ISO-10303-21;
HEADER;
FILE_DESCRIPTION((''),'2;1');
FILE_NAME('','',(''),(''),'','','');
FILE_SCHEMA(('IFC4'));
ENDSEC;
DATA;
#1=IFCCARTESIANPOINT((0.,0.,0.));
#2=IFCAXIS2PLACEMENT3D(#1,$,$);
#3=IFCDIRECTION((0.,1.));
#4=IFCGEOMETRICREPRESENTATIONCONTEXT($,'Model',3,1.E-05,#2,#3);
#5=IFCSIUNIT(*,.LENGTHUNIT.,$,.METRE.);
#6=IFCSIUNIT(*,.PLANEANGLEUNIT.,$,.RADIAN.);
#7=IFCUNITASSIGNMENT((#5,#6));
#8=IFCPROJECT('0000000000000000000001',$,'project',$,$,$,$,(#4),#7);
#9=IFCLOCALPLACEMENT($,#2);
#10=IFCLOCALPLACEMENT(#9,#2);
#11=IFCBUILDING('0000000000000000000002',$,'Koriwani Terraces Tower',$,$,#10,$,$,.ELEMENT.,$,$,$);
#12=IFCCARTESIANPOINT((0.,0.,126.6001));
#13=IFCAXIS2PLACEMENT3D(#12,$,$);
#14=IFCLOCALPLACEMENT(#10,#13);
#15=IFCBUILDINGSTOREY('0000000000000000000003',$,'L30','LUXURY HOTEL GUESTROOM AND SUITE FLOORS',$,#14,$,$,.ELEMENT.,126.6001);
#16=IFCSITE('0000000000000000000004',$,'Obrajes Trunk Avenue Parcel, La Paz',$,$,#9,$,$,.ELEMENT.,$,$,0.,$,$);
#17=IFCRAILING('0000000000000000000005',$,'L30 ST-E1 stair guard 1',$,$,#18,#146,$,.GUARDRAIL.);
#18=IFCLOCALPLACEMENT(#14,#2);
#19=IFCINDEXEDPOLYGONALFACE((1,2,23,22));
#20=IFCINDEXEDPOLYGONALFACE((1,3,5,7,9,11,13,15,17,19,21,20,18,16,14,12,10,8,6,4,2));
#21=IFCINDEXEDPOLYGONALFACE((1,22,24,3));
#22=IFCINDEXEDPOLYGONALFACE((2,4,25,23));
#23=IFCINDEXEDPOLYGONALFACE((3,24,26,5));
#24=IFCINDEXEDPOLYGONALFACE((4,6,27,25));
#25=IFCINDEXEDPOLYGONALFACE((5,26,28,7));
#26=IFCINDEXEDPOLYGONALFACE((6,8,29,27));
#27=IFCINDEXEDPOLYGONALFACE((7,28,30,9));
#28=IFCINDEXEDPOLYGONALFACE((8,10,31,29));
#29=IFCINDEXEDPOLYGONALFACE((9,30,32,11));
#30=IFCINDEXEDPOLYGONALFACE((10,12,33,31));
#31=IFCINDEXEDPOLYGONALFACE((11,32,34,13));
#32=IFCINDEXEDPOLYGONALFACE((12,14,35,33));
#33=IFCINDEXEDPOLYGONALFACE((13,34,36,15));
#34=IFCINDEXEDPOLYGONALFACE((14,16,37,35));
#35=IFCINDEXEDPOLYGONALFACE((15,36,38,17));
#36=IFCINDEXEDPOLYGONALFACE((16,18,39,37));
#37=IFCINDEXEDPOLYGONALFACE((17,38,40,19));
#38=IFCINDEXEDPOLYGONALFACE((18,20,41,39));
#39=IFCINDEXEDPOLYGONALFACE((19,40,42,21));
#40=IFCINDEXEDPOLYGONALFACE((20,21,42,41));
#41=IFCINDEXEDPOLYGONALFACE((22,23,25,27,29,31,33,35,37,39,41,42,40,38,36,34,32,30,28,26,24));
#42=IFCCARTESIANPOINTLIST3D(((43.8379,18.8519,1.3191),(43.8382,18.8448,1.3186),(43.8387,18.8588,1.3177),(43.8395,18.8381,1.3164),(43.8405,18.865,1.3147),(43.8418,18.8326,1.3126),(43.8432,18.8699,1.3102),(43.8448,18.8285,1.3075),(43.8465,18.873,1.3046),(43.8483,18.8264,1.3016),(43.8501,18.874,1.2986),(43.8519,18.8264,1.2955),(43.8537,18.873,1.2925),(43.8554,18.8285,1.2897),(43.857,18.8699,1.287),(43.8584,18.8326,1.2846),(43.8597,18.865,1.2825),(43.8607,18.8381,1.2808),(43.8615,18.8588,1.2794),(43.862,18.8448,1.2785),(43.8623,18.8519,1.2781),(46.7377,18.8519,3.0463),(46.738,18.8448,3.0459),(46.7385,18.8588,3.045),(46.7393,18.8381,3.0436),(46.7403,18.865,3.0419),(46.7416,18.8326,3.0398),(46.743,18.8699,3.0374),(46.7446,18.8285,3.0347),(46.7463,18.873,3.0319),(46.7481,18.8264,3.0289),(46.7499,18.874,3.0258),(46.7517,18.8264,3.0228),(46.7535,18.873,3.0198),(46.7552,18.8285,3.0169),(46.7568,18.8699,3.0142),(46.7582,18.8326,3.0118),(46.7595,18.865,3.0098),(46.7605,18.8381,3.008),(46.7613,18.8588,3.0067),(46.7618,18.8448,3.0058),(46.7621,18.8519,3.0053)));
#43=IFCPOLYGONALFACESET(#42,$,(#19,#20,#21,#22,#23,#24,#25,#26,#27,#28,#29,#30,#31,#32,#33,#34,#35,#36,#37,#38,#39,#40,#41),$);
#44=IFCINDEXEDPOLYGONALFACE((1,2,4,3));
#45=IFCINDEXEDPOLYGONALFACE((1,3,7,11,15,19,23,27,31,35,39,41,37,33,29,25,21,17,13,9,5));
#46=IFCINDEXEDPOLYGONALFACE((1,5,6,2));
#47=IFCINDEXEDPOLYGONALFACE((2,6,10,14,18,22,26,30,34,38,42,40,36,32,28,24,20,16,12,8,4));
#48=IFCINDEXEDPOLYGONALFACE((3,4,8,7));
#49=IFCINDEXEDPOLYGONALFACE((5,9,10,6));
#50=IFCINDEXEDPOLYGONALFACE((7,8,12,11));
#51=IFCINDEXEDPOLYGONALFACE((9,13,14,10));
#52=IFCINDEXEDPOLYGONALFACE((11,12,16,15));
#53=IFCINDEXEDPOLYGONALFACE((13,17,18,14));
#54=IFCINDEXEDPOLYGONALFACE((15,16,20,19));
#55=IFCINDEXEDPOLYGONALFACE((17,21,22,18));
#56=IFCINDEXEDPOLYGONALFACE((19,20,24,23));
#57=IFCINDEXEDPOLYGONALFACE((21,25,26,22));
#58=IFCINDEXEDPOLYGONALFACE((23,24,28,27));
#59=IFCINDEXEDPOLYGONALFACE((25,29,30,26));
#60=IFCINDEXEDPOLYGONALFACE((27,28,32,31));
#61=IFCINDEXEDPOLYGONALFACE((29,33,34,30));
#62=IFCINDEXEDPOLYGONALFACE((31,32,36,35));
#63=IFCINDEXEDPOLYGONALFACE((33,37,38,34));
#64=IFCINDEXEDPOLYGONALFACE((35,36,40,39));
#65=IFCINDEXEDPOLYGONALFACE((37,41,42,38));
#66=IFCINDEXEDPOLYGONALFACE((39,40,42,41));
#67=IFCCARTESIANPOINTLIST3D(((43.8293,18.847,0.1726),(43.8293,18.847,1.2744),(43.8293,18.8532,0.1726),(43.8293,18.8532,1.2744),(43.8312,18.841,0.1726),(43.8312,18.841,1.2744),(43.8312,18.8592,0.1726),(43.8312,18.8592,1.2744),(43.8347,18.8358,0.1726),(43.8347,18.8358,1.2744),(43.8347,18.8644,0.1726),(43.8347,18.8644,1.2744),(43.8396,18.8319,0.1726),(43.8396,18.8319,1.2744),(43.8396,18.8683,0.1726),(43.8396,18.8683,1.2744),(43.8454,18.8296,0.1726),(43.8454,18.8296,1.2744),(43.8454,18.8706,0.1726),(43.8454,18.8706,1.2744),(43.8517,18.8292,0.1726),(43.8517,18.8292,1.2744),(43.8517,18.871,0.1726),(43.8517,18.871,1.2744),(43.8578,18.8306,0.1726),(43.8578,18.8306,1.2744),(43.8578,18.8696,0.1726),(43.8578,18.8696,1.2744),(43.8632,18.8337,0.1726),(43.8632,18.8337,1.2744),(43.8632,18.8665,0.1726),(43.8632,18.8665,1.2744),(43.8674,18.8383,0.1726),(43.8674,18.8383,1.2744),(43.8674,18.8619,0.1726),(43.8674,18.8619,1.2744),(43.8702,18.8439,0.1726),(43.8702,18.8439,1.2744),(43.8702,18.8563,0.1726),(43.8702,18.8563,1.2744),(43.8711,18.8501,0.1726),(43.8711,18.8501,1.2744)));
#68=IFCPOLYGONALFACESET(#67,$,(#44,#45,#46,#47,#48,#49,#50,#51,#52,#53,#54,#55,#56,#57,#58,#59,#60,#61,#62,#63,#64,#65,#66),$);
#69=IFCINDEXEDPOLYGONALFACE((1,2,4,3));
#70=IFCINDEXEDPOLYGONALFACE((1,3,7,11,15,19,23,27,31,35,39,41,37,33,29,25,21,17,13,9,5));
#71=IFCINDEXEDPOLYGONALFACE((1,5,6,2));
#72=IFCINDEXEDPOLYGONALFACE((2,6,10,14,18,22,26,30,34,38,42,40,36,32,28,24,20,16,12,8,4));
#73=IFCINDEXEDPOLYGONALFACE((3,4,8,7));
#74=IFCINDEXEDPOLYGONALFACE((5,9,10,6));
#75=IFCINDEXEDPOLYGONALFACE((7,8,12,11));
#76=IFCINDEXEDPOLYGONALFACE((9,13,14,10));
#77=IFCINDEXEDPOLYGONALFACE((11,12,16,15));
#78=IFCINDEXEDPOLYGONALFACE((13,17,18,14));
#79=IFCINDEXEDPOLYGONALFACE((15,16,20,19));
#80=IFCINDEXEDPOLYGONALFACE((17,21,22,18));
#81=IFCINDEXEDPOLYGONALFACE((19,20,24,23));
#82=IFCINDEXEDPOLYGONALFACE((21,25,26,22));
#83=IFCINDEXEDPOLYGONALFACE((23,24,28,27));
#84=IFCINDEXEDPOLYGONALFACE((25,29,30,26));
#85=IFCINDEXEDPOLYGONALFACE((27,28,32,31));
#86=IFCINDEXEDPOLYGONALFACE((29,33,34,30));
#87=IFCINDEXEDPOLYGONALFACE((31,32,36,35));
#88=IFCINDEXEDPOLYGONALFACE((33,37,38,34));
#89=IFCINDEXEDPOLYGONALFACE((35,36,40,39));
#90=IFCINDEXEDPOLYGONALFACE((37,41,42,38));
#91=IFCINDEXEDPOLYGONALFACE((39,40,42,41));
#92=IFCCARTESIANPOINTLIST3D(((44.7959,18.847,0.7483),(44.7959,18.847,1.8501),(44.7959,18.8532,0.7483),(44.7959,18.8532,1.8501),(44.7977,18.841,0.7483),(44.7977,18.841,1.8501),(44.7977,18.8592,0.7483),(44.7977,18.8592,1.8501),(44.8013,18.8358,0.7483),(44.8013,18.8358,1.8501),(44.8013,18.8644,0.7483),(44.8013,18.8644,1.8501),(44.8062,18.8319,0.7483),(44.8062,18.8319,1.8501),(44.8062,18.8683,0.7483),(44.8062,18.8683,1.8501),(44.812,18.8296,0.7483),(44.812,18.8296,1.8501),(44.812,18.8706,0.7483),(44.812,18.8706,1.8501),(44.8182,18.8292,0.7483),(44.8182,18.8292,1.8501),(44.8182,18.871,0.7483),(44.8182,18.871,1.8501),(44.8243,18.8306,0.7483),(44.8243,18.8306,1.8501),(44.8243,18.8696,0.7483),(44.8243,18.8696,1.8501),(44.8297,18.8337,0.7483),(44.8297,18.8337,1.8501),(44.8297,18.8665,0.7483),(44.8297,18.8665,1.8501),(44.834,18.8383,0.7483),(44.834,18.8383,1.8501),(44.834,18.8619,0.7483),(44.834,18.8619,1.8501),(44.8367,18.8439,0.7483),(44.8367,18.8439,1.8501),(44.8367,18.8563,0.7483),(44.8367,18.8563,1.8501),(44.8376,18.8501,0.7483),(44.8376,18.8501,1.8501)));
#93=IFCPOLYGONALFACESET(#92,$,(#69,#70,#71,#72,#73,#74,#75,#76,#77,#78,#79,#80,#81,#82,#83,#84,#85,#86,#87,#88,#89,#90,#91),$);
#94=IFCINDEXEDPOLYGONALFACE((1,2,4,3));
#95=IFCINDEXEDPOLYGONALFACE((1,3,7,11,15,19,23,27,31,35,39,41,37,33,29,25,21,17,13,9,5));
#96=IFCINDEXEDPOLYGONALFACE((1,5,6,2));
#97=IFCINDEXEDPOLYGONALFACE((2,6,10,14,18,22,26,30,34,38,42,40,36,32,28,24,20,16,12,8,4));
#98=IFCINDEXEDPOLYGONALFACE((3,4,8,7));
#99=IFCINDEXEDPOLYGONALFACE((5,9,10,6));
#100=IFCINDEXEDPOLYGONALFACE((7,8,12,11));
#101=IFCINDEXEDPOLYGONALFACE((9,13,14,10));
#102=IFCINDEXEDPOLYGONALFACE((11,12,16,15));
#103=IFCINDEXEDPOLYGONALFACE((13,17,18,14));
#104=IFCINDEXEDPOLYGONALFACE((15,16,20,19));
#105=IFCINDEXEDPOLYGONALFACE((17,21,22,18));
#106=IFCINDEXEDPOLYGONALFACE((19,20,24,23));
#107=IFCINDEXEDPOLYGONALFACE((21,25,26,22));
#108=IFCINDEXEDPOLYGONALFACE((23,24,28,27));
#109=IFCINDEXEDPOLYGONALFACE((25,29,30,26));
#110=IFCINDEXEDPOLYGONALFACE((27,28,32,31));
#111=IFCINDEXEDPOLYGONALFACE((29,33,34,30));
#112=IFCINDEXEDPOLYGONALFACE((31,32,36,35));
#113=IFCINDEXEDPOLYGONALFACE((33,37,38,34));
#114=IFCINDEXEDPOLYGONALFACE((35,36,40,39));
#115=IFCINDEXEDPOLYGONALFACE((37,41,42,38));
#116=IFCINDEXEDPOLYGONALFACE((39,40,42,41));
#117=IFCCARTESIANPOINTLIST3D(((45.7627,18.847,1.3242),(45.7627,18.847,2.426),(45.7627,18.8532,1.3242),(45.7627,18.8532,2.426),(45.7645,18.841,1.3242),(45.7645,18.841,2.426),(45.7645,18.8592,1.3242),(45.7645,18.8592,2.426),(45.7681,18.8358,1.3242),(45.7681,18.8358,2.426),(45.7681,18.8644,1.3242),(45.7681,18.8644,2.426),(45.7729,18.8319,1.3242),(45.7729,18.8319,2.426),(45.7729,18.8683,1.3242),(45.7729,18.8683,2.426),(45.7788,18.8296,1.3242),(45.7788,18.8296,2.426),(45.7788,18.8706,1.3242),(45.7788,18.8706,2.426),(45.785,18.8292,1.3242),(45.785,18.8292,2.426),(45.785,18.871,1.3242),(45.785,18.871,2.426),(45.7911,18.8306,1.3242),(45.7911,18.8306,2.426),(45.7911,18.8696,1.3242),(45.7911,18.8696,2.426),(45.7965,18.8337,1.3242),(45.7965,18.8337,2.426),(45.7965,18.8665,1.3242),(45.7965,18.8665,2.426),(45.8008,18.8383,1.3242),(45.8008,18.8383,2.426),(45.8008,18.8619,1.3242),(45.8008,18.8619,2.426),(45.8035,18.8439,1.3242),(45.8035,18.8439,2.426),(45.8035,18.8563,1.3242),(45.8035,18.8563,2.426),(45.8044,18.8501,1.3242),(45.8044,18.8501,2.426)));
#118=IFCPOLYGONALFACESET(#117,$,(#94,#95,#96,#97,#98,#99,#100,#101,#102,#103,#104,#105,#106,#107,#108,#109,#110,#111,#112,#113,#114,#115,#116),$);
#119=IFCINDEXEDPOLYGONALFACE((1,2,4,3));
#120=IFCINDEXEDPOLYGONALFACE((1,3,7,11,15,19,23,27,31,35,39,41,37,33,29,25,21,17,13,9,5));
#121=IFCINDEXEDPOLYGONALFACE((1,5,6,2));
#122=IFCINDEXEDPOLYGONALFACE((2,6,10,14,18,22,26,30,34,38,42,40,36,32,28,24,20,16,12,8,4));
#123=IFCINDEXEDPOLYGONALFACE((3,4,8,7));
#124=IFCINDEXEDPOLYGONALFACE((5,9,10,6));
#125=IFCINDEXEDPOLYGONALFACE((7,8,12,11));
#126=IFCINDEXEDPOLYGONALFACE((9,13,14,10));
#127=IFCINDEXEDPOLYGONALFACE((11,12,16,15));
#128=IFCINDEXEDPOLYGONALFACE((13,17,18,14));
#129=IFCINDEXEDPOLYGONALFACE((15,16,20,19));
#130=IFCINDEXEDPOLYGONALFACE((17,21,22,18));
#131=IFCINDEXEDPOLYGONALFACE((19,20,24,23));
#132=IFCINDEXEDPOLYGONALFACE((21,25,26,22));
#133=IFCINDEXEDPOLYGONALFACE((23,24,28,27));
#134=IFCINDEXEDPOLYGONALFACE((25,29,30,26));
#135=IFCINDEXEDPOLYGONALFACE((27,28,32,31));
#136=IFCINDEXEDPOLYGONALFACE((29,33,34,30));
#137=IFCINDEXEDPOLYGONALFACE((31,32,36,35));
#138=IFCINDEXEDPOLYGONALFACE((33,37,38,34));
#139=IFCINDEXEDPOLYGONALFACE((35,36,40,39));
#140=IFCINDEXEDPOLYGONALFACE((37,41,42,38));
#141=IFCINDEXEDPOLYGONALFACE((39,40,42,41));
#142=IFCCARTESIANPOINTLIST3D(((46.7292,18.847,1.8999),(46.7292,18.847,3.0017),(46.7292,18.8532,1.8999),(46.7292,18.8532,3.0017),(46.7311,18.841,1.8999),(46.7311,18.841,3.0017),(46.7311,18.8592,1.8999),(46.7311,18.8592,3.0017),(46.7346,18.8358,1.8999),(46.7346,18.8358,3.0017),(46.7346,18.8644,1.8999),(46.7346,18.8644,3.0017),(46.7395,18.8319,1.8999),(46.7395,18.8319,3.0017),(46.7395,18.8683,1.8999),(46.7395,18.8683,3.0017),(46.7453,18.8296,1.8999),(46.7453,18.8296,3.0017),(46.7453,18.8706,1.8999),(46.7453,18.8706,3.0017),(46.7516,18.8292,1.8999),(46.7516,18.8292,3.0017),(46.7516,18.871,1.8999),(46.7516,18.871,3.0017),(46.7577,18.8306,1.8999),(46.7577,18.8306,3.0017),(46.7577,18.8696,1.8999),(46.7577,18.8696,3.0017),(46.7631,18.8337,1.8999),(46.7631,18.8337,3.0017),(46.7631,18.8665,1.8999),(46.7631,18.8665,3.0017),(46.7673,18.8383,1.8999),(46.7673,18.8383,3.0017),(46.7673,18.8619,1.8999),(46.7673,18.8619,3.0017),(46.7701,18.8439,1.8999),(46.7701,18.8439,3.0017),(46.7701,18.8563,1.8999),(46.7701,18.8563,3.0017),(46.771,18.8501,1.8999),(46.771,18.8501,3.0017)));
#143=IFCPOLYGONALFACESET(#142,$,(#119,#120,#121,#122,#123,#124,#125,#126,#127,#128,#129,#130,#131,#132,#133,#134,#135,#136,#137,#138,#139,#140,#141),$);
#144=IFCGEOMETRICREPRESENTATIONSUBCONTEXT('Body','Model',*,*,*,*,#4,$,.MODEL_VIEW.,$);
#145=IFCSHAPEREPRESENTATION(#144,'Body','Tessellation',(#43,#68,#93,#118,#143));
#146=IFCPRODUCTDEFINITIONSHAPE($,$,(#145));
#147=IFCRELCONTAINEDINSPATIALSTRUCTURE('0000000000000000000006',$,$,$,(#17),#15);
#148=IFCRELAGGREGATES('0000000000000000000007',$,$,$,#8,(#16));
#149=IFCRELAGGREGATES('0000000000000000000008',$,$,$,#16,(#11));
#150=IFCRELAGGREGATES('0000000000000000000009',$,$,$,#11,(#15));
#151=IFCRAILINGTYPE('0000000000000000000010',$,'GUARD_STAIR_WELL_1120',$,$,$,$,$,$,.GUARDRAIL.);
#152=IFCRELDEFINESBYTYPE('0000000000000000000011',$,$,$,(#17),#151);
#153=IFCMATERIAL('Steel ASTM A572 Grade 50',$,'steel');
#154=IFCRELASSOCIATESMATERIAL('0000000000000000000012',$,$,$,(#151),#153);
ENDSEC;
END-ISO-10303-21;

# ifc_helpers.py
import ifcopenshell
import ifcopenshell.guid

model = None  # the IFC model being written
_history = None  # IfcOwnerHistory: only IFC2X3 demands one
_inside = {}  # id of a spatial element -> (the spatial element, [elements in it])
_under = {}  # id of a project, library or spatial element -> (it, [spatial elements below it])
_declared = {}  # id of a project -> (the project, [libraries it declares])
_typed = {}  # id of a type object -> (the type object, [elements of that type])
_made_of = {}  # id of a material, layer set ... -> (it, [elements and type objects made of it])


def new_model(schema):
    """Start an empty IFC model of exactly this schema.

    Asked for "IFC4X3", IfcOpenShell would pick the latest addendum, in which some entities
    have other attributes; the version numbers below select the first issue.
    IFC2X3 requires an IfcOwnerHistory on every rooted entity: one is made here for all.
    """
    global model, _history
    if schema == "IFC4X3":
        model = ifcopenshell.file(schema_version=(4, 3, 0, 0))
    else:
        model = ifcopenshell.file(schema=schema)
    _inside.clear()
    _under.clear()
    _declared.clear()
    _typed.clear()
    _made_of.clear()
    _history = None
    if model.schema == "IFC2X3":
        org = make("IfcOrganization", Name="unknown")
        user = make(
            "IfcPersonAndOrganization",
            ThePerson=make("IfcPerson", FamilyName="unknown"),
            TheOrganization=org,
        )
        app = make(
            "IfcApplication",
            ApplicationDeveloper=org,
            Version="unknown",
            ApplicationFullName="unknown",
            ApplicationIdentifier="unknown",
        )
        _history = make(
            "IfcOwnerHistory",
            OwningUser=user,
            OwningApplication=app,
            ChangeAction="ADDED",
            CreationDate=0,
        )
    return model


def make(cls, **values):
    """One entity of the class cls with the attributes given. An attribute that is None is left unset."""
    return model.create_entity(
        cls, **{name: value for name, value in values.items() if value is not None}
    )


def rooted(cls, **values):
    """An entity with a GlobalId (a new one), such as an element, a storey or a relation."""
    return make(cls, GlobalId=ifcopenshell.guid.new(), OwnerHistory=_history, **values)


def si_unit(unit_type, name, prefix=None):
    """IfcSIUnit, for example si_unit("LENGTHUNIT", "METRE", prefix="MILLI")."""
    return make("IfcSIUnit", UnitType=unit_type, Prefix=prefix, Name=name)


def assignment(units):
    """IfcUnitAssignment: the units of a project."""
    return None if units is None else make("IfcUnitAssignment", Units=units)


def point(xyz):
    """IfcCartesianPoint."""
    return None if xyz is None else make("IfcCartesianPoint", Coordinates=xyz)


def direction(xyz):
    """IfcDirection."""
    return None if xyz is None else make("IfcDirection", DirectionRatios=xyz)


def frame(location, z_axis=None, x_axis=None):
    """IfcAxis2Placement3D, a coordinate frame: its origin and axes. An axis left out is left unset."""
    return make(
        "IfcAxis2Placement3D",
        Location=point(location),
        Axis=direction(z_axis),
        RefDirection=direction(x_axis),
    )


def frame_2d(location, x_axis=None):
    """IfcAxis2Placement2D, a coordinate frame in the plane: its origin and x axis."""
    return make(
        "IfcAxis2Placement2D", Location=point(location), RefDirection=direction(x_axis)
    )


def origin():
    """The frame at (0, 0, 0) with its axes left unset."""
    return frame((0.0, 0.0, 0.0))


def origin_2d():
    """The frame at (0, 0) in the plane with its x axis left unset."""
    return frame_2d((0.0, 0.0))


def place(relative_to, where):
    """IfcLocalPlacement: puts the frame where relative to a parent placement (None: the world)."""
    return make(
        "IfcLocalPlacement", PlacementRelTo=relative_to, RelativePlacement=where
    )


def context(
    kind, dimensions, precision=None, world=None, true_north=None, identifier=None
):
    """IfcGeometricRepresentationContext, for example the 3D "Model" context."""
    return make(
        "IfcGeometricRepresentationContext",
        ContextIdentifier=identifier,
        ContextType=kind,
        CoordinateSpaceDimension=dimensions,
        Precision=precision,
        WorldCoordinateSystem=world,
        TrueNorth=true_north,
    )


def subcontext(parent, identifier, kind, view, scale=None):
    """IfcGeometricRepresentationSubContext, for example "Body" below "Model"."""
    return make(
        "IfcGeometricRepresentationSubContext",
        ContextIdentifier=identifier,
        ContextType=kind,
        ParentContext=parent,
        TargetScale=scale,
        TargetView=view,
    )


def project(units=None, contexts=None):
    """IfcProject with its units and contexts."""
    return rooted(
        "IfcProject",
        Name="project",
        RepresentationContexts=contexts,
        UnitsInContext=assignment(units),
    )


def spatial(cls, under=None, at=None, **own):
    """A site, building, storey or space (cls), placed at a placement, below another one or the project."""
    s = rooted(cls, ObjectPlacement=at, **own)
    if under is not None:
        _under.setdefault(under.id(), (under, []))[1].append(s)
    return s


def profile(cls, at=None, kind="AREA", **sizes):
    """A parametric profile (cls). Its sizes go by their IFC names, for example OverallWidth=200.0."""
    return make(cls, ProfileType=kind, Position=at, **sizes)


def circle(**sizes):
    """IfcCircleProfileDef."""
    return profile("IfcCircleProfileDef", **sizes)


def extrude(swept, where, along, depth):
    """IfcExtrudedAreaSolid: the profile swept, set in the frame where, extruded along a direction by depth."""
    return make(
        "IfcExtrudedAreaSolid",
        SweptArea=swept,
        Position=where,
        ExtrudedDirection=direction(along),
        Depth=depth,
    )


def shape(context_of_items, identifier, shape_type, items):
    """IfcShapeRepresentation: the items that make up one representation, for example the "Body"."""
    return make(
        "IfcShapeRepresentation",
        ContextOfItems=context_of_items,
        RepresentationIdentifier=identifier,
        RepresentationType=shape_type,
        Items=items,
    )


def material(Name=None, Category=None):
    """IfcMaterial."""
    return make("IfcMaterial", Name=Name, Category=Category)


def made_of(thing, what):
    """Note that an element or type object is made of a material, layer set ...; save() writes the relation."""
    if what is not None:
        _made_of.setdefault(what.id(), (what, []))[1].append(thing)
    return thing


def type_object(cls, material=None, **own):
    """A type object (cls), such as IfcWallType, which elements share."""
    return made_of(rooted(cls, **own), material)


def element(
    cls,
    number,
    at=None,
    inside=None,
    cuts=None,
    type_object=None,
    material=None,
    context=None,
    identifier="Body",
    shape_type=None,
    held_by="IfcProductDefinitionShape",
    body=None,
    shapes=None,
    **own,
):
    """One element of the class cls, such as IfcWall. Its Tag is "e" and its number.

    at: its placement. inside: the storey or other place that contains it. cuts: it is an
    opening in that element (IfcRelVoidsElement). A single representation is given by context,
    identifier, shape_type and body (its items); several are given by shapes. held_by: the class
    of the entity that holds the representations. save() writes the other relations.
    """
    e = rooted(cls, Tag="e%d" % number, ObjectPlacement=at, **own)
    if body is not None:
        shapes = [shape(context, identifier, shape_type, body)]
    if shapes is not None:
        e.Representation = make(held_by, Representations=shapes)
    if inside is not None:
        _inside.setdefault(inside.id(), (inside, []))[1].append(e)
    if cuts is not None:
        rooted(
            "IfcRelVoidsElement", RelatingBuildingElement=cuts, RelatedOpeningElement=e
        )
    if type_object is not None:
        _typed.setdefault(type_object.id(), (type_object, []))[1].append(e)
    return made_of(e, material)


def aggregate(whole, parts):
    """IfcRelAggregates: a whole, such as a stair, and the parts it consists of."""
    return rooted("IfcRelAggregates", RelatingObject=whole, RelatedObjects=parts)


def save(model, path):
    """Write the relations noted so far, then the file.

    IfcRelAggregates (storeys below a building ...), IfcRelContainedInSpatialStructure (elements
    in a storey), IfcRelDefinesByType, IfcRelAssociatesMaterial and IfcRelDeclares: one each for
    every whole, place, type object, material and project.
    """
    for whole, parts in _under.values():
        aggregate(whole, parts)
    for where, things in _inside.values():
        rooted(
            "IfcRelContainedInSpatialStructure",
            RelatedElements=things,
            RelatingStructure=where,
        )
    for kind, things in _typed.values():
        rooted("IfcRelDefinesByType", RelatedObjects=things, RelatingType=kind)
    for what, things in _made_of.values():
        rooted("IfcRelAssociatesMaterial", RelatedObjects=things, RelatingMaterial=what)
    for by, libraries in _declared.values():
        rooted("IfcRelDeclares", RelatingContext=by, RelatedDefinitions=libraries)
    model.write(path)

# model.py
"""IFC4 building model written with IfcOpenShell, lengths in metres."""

from ifc_helpers import new_model, si_unit, direction, frame, origin, origin_2d, place, context, subcontext, project, spatial, circle, extrude, material, type_object, element, save


model = new_model("IFC4")

# Units and contexts
model_context = context("Model", 3, precision=1e-05, world=origin(), true_north=direction((0.0, 1.0)))
body_context = subcontext(model_context, "Body", "Model", "MODEL_VIEW")
ifc_project = project(units=[si_unit("LENGTHUNIT", "METRE"), si_unit("PLANEANGLEUNIT", "RADIAN")], contexts=[model_context])

# Site, building, storey
site_placement = place(None, origin())
site = spatial("IfcSite", under=ifc_project, at=site_placement, Name="Obrajes Trunk Avenue Parcel, La Paz", CompositionType="ELEMENT", RefElevation=0.0)
building_placement = place(site_placement, origin())
building = spatial("IfcBuilding", under=site, at=building_placement, Name="Koriwani Terraces Tower", CompositionType="ELEMENT")
storey_placement = place(building_placement, frame((0.0, 0.0, 126.6001)))
storey = spatial("IfcBuildingStorey", under=building, at=storey_placement, Name="L30", Description="LUXURY HOTEL GUESTROOM AND SUITE FLOORS", CompositionType="ELEMENT", Elevation=126.6001)

# Shared definitions
ifc_material_1 = material(Name="Steel ASTM A572 Grade 50", Category="steel")

# Railing
railing_type_1 = type_object("IfcRailingType", Name="GUARD_STAIR_WELL_1120", PredefinedType="GUARDRAIL", material=ifc_material_1)
railing_1_placement = place(storey_placement, frame((43.8501, 18.8501, 0.1726)))
element("IfcRailing", 1, at=railing_1_placement, inside=storey, type_object=railing_type_1, Name="L30 ST-E1 stair guard 1", PredefinedType="GUARDRAIL", context=body_context, shape_type="SweptSolid", body=[
    extrude(circle(Radius=0.0239, at=origin_2d()), frame((0.0, 0.0, 1.126), z_axis=(0.859141, 0.0, 0.511738), x_axis=(0.0, 1.0, 0.0)), (0.0, 0.0, 1.0), 3.3752),
    extrude(circle(Radius=0.021, at=origin_2d()), origin(), (0.0, 0.0, 1.0), 1.1018),
    extrude(circle(Radius=0.021, at=origin_2d()), frame((0.9666, 0.0, 0.5757)), (0.0, 0.0, 1.0), 1.1018),
    extrude(circle(Radius=0.021, at=origin_2d()), frame((1.9333, 0.0, 1.1516)), (0.0, 0.0, 1.0), 1.1018),
    extrude(circle(Radius=0.021, at=origin_2d()), frame((2.8999, 0.0, 1.7273)), (0.0, 0.0, 1.0), 1.1018),
])

save(model, "model.ifc")
